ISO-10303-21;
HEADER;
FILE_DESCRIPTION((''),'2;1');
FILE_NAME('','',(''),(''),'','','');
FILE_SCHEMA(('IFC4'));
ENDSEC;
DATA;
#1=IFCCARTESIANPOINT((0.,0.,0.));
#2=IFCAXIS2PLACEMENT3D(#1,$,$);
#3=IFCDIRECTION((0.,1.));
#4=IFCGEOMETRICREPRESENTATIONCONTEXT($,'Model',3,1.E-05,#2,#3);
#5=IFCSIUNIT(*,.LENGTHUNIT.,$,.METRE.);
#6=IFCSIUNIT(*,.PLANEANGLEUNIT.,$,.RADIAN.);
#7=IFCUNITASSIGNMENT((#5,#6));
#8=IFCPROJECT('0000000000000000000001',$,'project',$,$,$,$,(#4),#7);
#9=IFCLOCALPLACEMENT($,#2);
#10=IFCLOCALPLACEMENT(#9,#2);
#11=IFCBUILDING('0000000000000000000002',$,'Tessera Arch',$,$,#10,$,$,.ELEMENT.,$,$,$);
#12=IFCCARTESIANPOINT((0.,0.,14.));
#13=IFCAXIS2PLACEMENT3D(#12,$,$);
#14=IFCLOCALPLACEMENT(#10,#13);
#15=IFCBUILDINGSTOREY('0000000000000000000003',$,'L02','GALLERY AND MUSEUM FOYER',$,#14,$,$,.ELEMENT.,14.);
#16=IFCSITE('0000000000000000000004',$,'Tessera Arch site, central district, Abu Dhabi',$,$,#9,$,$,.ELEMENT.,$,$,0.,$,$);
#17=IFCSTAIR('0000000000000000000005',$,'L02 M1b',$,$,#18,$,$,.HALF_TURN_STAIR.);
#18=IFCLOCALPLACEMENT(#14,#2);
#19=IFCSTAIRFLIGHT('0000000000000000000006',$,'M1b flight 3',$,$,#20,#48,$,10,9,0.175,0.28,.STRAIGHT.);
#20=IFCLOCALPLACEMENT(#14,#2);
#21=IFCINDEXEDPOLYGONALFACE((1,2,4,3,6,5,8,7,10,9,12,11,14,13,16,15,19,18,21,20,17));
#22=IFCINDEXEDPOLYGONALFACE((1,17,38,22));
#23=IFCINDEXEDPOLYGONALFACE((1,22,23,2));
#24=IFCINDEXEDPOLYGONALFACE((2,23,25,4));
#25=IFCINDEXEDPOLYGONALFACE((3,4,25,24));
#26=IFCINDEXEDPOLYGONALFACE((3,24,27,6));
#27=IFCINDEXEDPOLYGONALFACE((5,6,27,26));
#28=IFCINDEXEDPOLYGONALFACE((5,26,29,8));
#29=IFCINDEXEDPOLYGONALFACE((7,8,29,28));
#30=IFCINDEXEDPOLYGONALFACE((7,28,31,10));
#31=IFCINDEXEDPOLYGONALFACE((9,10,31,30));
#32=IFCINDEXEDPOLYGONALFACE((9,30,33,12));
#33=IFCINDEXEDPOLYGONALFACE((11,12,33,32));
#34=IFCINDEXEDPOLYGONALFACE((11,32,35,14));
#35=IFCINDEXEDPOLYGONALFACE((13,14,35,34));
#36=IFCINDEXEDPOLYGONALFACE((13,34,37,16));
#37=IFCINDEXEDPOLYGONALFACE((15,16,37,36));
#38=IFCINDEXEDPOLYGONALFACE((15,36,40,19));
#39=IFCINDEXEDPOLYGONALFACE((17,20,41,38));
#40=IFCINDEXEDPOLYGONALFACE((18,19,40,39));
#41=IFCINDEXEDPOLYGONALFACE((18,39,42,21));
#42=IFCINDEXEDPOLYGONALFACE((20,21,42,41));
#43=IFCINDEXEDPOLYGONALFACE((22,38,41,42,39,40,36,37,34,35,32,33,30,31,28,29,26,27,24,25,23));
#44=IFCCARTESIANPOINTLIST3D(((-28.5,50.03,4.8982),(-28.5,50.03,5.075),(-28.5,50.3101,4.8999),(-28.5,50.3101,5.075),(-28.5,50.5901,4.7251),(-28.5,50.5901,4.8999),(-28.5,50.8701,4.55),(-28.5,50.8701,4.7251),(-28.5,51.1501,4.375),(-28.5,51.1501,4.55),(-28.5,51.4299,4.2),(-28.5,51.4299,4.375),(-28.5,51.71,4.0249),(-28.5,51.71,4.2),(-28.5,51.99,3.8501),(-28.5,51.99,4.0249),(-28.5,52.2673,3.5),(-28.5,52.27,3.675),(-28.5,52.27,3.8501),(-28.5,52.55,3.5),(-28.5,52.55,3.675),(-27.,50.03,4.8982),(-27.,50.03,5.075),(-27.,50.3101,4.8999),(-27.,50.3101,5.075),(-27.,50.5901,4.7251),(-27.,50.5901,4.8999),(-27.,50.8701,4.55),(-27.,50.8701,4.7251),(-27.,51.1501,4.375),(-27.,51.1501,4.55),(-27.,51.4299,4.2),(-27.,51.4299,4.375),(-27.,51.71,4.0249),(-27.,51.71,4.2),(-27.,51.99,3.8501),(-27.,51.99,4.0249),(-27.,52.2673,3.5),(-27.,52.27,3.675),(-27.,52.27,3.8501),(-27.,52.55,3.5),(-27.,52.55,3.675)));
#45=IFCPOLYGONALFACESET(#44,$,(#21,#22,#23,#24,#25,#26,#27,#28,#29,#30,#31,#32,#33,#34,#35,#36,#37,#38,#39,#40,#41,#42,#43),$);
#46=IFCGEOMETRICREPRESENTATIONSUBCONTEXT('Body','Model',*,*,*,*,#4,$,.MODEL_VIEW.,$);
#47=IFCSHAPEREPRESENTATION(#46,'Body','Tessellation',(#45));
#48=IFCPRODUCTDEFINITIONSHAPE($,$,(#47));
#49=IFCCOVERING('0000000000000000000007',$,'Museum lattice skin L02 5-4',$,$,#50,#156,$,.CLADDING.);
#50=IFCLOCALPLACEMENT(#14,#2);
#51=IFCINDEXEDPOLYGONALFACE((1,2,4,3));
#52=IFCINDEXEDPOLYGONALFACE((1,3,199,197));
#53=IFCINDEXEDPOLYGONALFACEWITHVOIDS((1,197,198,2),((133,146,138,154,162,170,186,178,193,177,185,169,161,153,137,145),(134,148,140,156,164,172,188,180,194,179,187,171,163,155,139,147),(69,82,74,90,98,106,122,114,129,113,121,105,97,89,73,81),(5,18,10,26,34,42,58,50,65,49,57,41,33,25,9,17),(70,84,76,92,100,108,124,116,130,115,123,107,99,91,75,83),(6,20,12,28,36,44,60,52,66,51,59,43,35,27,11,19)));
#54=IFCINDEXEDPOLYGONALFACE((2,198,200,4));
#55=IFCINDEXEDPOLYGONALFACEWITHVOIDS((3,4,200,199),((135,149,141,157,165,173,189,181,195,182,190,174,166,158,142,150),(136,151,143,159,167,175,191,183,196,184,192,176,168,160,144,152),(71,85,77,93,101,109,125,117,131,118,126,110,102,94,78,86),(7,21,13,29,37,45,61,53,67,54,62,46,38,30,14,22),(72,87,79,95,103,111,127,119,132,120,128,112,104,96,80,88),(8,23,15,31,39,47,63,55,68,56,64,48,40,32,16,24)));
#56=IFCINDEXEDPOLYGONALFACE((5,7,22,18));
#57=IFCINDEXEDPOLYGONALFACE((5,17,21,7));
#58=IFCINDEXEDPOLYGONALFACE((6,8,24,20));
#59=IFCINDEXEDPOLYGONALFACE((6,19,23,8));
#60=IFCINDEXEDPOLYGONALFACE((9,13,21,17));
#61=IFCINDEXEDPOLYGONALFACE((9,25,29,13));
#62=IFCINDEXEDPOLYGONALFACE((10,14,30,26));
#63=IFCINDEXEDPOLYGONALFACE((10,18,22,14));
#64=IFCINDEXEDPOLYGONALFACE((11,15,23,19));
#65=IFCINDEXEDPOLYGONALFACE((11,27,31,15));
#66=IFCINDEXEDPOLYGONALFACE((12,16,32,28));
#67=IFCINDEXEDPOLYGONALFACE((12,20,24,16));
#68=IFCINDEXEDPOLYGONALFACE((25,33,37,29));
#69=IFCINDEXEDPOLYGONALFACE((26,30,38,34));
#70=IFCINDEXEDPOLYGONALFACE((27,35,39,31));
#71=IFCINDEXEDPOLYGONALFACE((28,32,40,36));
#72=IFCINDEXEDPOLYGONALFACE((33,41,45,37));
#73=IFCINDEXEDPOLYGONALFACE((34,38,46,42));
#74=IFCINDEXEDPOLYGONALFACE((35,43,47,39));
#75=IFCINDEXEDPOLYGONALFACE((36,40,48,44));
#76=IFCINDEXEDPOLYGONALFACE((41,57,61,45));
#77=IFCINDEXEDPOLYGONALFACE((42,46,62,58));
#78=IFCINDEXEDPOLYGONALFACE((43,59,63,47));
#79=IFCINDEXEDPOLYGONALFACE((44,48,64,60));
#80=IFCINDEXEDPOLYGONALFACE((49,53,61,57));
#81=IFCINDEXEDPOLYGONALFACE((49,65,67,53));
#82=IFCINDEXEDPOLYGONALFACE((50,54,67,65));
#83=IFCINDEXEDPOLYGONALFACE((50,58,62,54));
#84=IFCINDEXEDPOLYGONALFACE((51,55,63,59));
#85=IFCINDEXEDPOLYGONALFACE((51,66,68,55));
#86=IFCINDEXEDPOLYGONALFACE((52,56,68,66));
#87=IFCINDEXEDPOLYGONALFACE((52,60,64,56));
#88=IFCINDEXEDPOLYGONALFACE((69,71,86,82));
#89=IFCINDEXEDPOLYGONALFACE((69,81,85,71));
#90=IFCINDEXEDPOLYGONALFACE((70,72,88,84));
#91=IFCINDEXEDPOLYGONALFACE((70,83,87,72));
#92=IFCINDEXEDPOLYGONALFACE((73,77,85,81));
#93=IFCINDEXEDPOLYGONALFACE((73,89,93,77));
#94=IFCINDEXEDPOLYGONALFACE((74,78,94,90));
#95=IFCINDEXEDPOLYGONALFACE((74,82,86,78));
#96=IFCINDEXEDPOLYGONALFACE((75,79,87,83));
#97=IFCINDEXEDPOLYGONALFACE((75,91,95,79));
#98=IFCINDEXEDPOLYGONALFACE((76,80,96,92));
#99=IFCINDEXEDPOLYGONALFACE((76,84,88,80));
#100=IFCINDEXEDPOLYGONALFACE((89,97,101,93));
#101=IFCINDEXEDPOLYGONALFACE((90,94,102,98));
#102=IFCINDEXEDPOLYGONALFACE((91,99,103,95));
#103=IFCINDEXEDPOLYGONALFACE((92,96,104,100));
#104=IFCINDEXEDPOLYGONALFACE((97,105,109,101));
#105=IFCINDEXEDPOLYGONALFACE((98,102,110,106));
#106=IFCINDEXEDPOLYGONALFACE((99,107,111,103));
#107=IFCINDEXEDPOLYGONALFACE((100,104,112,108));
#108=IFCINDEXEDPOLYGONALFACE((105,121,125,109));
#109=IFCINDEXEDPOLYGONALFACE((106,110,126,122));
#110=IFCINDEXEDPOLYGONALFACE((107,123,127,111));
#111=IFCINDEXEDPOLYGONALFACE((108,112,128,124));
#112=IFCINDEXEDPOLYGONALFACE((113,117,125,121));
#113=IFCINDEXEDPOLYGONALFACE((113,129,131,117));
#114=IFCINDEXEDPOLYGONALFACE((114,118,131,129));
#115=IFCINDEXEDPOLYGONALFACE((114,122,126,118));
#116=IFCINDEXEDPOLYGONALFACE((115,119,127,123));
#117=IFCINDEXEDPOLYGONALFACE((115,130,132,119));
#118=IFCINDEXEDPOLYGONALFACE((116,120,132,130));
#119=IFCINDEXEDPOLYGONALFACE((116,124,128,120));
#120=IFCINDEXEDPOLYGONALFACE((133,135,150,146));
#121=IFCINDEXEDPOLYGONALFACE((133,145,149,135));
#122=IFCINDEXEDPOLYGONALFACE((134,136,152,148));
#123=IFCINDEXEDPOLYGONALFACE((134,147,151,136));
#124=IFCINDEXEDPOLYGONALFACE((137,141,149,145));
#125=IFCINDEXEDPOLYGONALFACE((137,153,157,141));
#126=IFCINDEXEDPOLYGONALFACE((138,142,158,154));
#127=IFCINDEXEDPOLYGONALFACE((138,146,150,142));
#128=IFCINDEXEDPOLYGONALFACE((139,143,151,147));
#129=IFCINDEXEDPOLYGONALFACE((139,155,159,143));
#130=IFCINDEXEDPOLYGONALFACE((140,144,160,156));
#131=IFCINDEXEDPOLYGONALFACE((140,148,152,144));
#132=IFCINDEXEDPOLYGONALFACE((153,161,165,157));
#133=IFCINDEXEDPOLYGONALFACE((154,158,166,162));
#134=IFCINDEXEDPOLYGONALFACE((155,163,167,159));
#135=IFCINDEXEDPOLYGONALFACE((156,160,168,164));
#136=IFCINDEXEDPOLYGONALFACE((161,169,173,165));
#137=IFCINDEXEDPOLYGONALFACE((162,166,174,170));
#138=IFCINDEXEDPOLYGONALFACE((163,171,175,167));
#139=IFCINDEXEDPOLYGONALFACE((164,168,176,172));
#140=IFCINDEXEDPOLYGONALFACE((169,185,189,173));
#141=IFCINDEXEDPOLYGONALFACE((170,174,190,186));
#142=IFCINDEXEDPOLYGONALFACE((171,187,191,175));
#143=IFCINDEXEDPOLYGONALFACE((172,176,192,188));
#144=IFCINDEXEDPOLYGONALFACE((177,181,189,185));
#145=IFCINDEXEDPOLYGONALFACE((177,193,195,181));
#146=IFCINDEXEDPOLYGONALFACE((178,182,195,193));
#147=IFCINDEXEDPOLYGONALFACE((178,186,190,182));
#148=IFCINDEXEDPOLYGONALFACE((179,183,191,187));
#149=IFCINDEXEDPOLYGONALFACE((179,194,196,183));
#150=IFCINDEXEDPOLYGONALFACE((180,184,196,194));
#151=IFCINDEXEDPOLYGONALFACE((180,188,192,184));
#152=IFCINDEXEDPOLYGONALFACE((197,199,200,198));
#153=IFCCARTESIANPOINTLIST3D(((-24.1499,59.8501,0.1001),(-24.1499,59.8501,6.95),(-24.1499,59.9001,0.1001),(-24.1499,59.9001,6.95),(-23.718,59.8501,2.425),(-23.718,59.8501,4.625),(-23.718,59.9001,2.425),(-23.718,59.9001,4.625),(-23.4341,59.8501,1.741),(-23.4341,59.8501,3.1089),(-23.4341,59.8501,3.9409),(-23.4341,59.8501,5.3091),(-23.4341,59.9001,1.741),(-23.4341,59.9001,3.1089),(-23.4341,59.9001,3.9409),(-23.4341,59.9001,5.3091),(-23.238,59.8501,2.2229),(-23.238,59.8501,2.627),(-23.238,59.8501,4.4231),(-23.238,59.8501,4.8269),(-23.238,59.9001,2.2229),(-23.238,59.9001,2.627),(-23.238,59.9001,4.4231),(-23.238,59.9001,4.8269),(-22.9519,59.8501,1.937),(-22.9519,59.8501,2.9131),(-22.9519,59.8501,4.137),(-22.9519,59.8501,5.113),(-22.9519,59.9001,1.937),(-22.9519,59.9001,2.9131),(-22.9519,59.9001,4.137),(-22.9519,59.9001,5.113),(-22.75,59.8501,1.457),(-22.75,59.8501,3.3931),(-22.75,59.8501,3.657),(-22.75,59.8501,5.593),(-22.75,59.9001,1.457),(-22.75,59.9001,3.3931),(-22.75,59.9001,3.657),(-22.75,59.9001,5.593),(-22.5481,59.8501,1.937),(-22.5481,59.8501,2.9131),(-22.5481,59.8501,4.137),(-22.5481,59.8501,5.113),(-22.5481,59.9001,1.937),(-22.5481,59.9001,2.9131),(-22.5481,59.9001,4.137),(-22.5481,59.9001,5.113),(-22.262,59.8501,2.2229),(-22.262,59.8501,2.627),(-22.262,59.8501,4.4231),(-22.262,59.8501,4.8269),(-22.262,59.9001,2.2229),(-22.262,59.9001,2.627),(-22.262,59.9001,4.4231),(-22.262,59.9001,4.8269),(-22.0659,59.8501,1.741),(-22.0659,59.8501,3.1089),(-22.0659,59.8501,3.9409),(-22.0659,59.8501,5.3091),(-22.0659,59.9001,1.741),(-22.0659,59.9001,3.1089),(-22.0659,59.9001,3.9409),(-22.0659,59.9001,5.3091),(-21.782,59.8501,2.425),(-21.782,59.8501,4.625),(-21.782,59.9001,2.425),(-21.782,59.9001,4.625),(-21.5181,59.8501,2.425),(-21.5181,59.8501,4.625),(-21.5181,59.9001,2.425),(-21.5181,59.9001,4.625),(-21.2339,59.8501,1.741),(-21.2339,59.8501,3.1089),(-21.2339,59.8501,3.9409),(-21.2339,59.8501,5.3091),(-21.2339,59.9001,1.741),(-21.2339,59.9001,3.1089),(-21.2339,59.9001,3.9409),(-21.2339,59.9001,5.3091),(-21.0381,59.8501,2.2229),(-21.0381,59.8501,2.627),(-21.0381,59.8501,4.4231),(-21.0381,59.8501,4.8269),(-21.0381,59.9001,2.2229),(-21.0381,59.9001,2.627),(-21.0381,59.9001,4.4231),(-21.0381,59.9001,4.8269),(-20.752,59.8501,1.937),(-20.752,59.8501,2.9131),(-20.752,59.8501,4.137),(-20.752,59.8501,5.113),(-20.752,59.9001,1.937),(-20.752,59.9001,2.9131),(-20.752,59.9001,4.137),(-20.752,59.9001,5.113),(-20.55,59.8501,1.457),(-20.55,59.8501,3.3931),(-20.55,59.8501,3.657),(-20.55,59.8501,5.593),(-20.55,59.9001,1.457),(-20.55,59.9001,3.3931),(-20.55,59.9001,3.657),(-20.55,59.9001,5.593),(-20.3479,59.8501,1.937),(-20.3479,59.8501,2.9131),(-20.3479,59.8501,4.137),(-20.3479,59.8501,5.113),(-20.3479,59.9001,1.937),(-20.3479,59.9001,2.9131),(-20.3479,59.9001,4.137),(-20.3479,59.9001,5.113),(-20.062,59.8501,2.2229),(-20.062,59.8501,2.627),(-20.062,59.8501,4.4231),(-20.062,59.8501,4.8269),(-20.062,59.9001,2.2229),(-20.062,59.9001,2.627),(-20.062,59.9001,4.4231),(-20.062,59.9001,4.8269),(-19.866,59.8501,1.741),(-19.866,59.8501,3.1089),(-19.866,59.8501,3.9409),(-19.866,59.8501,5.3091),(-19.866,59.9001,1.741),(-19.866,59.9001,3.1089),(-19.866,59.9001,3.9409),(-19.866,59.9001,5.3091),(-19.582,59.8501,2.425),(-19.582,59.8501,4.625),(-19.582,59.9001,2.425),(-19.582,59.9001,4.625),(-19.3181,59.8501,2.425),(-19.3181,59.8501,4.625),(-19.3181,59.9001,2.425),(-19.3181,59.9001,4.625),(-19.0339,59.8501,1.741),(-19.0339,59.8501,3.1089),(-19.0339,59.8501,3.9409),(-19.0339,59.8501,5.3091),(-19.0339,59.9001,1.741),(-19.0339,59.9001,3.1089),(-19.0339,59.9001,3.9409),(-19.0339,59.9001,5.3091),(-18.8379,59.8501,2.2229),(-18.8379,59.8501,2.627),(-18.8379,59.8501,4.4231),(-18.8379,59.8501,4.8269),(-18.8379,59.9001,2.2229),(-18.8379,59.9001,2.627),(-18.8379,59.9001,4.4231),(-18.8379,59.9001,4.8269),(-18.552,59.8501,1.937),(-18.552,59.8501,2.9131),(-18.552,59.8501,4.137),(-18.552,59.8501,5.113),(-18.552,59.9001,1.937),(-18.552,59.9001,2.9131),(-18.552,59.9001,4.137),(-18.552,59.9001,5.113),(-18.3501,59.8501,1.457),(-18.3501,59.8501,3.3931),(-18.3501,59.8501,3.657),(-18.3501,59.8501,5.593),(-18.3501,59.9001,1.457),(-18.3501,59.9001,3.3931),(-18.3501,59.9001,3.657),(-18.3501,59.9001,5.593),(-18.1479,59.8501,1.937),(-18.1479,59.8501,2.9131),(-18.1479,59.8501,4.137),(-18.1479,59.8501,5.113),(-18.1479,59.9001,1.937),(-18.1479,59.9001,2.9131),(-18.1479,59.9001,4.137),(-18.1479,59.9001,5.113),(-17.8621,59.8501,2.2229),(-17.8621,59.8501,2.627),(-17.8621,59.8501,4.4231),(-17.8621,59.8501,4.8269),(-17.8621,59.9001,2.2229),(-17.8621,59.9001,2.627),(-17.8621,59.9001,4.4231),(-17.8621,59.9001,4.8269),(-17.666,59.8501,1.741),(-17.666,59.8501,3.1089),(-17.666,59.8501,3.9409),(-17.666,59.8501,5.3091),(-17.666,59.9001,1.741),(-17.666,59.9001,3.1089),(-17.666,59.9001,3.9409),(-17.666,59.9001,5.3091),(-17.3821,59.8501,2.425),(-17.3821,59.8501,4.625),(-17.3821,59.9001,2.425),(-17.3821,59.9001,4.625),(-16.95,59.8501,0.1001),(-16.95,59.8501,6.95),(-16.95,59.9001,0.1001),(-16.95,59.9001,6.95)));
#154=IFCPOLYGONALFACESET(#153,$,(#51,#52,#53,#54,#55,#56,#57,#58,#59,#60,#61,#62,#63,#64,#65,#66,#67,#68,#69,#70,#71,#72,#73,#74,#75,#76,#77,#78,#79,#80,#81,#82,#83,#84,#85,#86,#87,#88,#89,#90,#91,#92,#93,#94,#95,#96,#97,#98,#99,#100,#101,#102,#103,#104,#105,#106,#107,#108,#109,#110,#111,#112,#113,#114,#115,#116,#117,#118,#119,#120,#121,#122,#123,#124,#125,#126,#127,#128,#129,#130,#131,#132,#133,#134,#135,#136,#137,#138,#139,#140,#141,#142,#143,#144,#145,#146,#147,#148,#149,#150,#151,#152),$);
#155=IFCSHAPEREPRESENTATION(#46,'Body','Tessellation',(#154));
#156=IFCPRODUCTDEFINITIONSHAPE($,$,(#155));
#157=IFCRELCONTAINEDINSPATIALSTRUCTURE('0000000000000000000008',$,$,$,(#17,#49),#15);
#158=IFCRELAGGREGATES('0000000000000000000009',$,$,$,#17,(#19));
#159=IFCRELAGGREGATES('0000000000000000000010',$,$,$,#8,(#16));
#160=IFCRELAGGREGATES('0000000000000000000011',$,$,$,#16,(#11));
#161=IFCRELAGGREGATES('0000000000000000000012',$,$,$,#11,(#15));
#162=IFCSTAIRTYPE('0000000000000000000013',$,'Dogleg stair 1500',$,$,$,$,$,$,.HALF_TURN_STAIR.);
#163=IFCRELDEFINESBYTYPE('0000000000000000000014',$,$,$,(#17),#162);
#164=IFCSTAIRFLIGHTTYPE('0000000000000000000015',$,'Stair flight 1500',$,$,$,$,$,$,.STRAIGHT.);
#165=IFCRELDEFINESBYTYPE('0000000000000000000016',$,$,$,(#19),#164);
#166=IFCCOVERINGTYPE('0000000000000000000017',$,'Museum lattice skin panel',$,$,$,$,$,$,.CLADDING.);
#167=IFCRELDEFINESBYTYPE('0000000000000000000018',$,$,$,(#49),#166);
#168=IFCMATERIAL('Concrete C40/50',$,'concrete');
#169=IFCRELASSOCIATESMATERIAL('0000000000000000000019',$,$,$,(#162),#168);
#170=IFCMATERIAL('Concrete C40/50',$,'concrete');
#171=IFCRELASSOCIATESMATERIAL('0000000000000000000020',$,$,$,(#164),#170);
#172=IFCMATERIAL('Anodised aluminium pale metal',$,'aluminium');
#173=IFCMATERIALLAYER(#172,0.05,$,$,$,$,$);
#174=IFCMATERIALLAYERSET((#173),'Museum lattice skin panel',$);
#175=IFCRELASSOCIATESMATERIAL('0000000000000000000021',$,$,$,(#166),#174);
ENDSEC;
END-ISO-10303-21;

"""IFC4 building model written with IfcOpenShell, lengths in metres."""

from ifc_helpers import new_model, si_unit, direction, frame, origin, place, context, subcontext, project, spatial, polyline, outline, extrude, material, layer, layer_set, type_object, element, aggregate, save


model = new_model("IFC4")

# Units and contexts
model_context = context("Model", 3, precision=1e-05, world=origin(), true_north=direction((0.0, 1.0)))
body_context = subcontext(model_context, "Body", "Model", "MODEL_VIEW")
ifc_project = project(units=[si_unit("LENGTHUNIT", "METRE"), si_unit("PLANEANGLEUNIT", "RADIAN")], contexts=[model_context])

# Site, building, storey
site_placement = place(None, origin())
site = spatial("IfcSite", under=ifc_project, at=site_placement, Name="Tessera Arch site, central district, Abu Dhabi", CompositionType="ELEMENT", RefElevation=0.0)
building_placement = place(site_placement, origin())
building = spatial("IfcBuilding", under=site, at=building_placement, Name="Tessera Arch", CompositionType="ELEMENT")
storey_placement = place(building_placement, frame((0.0, 0.0, 14.0)))
storey = spatial("IfcBuildingStorey", under=building, at=storey_placement, Name="L02", Description="GALLERY AND MUSEUM FOYER", CompositionType="ELEMENT", Elevation=14.0)

# Stair, stair flight
ifc_material_1 = material(Name="Concrete C40/50", Category="concrete")
stair_type = type_object("IfcStairType", Name="Dogleg stair 1500", PredefinedType="HALF_TURN_STAIR", material=ifc_material_1)
stair_placement = place(storey_placement, origin())
stair = element("IfcStair", 1, at=stair_placement, inside=storey, type_object=stair_type, Name="L02 M1b", PredefinedType="HALF_TURN_STAIR")
ifc_material_2 = material(Name="Concrete C40/50", Category="concrete")
stair_flight_type = type_object("IfcStairFlightType", Name="Stair flight 1500", PredefinedType="STRAIGHT", material=ifc_material_2)
stair_flight_1_placement = place(storey_placement, frame((-27.75, 52.55, 3.5), z_axis=(0.0, 0.0, 1.0), x_axis=(0.0, -1.0, 0.0)))
stair_flight_1 = element("IfcStairFlight", 2, at=stair_flight_1_placement, type_object=stair_flight_type, Name="M1b flight 3", NumberOfRisers=10, NumberOfTreads=9, PredefinedType="STRAIGHT", RiserHeight=0.175, TreadLength=0.28, context=body_context, shape_type="SweptSolid", body=[
    extrude(outline(polyline([(0.0, 0.0), (0.0, 0.175), (0.28, 0.175), (0.28, 0.3501), (0.5601, 0.3501), (0.5601, 0.5249), (0.8401, 0.5249), (0.8401, 0.7), (1.1201, 0.7), (1.1201, 0.875), (1.3999, 0.875), (1.3999, 1.05), (1.6799, 1.05), (1.6799, 1.2251), (1.96, 1.2251), (1.96, 1.3999), (2.24, 1.3999), (2.24, 1.575), (2.52, 1.575), (2.52, 1.75), (2.52, 1.3982), (0.2827, 0.0), (0.0, 0.0)])), frame((0.0, 0.75, 0.0), z_axis=(0.0, -1.0, 0.0), x_axis=(1.0, 0.0, 0.0)), (0.0, 0.0, 1.0), 1.5),
])
aggregate(stair, [stair_flight_1])

# Covering
ifc_material_3 = material(Name="Anodised aluminium pale metal", Category="aluminium")
ifc_layer_1 = layer(ifc_material_3, 0.05)
ifc_layer_set_1 = layer_set([ifc_layer_1], Name="Museum lattice skin panel")
covering_type = type_object("IfcCoveringType", Name="Museum lattice skin panel", PredefinedType="CLADDING", material=ifc_layer_set_1)
covering_1_placement = place(storey_placement, frame((-16.95, 59.8501, 6.95), z_axis=(0.0, -1.0, 0.0), x_axis=(-1.0, 0.0, 0.0)))
element("IfcCovering", 3, at=covering_1_placement, inside=storey, type_object=covering_type, Name="Museum lattice skin L02 5-4", PredefinedType="CLADDING", context=body_context, shape_type="SweptSolid", body=[
    extrude(outline(polyline([(0.0, 0.0), (7.2, 0.0), (7.2, 6.8499), (0.0, 6.8499), (0.0, 0.0)]), holes=[polyline([(2.3682, 4.5249), (1.8879, 4.323), (2.084, 3.8411), (1.6021, 4.0369), (1.4001, 3.5569), (1.198, 4.0369), (0.7161, 3.8411), (0.9121, 4.323), (0.4321, 4.5249), (0.9121, 4.7271), (0.7161, 5.209), (1.198, 5.0129), (1.4001, 5.4929), (1.6021, 5.0129), (2.084, 5.209), (1.8879, 4.7271), (2.3682, 4.5249)]), polyline([(2.3682, 2.325), (1.8879, 2.123), (2.084, 1.6409), (1.6021, 1.8369), (1.4001, 1.3569), (1.198, 1.8369), (0.7161, 1.6409), (0.9121, 2.123), (0.4321, 2.325), (0.9121, 2.5269), (0.7161, 3.009), (1.198, 2.813), (1.4001, 3.293), (1.6021, 2.813), (2.084, 3.009), (1.8879, 2.5269), (2.3682, 2.325)]), polyline([(4.5681, 4.5249), (4.0881, 4.323), (4.2839, 3.8411), (3.802, 4.0369), (3.6001, 3.5569), (3.3979, 4.0369), (2.916, 3.8411), (3.1121, 4.323), (2.6321, 4.5249), (3.1121, 4.7271), (2.916, 5.209), (3.3979, 5.0129), (3.6001, 5.4929), (3.802, 5.0129), (4.2839, 5.209), (4.0881, 4.7271), (4.5681, 4.5249)]), polyline([(4.5681, 2.325), (4.0881, 2.123), (4.2839, 1.6409), (3.802, 1.8369), (3.6001, 1.3569), (3.3979, 1.8369), (2.916, 1.6409), (3.1121, 2.123), (2.6321, 2.325), (3.1121, 2.5269), (2.916, 3.009), (3.3979, 2.813), (3.6001, 3.293), (3.802, 2.813), (4.2839, 3.009), (4.0881, 2.5269), (4.5681, 2.325)]), polyline([(6.7681, 4.5249), (6.2881, 4.323), (6.4841, 3.8411), (6.002, 4.0369), (5.8, 3.5569), (5.5981, 4.0369), (5.116, 3.8411), (5.312, 4.323), (4.832, 4.5249), (5.312, 4.7271), (5.116, 5.209), (5.5981, 5.0129), (5.8, 5.4929), (6.002, 5.0129), (6.4841, 5.209), (6.2881, 4.7271), (6.7681, 4.5249)]), polyline([(6.7681, 2.325), (6.2881, 2.123), (6.4841, 1.6409), (6.002, 1.8369), (5.8, 1.3569), (5.5981, 1.8369), (5.116, 1.6409), (5.312, 2.123), (4.832, 2.325), (5.312, 2.5269), (5.116, 3.009), (5.5981, 2.813), (5.8, 3.293), (6.002, 2.813), (6.4841, 3.009), (6.2881, 2.5269), (6.7681, 2.325)])]), origin(), (0.0, 0.0, -1.0), 0.05),
])

save(model, "model.ifc")
